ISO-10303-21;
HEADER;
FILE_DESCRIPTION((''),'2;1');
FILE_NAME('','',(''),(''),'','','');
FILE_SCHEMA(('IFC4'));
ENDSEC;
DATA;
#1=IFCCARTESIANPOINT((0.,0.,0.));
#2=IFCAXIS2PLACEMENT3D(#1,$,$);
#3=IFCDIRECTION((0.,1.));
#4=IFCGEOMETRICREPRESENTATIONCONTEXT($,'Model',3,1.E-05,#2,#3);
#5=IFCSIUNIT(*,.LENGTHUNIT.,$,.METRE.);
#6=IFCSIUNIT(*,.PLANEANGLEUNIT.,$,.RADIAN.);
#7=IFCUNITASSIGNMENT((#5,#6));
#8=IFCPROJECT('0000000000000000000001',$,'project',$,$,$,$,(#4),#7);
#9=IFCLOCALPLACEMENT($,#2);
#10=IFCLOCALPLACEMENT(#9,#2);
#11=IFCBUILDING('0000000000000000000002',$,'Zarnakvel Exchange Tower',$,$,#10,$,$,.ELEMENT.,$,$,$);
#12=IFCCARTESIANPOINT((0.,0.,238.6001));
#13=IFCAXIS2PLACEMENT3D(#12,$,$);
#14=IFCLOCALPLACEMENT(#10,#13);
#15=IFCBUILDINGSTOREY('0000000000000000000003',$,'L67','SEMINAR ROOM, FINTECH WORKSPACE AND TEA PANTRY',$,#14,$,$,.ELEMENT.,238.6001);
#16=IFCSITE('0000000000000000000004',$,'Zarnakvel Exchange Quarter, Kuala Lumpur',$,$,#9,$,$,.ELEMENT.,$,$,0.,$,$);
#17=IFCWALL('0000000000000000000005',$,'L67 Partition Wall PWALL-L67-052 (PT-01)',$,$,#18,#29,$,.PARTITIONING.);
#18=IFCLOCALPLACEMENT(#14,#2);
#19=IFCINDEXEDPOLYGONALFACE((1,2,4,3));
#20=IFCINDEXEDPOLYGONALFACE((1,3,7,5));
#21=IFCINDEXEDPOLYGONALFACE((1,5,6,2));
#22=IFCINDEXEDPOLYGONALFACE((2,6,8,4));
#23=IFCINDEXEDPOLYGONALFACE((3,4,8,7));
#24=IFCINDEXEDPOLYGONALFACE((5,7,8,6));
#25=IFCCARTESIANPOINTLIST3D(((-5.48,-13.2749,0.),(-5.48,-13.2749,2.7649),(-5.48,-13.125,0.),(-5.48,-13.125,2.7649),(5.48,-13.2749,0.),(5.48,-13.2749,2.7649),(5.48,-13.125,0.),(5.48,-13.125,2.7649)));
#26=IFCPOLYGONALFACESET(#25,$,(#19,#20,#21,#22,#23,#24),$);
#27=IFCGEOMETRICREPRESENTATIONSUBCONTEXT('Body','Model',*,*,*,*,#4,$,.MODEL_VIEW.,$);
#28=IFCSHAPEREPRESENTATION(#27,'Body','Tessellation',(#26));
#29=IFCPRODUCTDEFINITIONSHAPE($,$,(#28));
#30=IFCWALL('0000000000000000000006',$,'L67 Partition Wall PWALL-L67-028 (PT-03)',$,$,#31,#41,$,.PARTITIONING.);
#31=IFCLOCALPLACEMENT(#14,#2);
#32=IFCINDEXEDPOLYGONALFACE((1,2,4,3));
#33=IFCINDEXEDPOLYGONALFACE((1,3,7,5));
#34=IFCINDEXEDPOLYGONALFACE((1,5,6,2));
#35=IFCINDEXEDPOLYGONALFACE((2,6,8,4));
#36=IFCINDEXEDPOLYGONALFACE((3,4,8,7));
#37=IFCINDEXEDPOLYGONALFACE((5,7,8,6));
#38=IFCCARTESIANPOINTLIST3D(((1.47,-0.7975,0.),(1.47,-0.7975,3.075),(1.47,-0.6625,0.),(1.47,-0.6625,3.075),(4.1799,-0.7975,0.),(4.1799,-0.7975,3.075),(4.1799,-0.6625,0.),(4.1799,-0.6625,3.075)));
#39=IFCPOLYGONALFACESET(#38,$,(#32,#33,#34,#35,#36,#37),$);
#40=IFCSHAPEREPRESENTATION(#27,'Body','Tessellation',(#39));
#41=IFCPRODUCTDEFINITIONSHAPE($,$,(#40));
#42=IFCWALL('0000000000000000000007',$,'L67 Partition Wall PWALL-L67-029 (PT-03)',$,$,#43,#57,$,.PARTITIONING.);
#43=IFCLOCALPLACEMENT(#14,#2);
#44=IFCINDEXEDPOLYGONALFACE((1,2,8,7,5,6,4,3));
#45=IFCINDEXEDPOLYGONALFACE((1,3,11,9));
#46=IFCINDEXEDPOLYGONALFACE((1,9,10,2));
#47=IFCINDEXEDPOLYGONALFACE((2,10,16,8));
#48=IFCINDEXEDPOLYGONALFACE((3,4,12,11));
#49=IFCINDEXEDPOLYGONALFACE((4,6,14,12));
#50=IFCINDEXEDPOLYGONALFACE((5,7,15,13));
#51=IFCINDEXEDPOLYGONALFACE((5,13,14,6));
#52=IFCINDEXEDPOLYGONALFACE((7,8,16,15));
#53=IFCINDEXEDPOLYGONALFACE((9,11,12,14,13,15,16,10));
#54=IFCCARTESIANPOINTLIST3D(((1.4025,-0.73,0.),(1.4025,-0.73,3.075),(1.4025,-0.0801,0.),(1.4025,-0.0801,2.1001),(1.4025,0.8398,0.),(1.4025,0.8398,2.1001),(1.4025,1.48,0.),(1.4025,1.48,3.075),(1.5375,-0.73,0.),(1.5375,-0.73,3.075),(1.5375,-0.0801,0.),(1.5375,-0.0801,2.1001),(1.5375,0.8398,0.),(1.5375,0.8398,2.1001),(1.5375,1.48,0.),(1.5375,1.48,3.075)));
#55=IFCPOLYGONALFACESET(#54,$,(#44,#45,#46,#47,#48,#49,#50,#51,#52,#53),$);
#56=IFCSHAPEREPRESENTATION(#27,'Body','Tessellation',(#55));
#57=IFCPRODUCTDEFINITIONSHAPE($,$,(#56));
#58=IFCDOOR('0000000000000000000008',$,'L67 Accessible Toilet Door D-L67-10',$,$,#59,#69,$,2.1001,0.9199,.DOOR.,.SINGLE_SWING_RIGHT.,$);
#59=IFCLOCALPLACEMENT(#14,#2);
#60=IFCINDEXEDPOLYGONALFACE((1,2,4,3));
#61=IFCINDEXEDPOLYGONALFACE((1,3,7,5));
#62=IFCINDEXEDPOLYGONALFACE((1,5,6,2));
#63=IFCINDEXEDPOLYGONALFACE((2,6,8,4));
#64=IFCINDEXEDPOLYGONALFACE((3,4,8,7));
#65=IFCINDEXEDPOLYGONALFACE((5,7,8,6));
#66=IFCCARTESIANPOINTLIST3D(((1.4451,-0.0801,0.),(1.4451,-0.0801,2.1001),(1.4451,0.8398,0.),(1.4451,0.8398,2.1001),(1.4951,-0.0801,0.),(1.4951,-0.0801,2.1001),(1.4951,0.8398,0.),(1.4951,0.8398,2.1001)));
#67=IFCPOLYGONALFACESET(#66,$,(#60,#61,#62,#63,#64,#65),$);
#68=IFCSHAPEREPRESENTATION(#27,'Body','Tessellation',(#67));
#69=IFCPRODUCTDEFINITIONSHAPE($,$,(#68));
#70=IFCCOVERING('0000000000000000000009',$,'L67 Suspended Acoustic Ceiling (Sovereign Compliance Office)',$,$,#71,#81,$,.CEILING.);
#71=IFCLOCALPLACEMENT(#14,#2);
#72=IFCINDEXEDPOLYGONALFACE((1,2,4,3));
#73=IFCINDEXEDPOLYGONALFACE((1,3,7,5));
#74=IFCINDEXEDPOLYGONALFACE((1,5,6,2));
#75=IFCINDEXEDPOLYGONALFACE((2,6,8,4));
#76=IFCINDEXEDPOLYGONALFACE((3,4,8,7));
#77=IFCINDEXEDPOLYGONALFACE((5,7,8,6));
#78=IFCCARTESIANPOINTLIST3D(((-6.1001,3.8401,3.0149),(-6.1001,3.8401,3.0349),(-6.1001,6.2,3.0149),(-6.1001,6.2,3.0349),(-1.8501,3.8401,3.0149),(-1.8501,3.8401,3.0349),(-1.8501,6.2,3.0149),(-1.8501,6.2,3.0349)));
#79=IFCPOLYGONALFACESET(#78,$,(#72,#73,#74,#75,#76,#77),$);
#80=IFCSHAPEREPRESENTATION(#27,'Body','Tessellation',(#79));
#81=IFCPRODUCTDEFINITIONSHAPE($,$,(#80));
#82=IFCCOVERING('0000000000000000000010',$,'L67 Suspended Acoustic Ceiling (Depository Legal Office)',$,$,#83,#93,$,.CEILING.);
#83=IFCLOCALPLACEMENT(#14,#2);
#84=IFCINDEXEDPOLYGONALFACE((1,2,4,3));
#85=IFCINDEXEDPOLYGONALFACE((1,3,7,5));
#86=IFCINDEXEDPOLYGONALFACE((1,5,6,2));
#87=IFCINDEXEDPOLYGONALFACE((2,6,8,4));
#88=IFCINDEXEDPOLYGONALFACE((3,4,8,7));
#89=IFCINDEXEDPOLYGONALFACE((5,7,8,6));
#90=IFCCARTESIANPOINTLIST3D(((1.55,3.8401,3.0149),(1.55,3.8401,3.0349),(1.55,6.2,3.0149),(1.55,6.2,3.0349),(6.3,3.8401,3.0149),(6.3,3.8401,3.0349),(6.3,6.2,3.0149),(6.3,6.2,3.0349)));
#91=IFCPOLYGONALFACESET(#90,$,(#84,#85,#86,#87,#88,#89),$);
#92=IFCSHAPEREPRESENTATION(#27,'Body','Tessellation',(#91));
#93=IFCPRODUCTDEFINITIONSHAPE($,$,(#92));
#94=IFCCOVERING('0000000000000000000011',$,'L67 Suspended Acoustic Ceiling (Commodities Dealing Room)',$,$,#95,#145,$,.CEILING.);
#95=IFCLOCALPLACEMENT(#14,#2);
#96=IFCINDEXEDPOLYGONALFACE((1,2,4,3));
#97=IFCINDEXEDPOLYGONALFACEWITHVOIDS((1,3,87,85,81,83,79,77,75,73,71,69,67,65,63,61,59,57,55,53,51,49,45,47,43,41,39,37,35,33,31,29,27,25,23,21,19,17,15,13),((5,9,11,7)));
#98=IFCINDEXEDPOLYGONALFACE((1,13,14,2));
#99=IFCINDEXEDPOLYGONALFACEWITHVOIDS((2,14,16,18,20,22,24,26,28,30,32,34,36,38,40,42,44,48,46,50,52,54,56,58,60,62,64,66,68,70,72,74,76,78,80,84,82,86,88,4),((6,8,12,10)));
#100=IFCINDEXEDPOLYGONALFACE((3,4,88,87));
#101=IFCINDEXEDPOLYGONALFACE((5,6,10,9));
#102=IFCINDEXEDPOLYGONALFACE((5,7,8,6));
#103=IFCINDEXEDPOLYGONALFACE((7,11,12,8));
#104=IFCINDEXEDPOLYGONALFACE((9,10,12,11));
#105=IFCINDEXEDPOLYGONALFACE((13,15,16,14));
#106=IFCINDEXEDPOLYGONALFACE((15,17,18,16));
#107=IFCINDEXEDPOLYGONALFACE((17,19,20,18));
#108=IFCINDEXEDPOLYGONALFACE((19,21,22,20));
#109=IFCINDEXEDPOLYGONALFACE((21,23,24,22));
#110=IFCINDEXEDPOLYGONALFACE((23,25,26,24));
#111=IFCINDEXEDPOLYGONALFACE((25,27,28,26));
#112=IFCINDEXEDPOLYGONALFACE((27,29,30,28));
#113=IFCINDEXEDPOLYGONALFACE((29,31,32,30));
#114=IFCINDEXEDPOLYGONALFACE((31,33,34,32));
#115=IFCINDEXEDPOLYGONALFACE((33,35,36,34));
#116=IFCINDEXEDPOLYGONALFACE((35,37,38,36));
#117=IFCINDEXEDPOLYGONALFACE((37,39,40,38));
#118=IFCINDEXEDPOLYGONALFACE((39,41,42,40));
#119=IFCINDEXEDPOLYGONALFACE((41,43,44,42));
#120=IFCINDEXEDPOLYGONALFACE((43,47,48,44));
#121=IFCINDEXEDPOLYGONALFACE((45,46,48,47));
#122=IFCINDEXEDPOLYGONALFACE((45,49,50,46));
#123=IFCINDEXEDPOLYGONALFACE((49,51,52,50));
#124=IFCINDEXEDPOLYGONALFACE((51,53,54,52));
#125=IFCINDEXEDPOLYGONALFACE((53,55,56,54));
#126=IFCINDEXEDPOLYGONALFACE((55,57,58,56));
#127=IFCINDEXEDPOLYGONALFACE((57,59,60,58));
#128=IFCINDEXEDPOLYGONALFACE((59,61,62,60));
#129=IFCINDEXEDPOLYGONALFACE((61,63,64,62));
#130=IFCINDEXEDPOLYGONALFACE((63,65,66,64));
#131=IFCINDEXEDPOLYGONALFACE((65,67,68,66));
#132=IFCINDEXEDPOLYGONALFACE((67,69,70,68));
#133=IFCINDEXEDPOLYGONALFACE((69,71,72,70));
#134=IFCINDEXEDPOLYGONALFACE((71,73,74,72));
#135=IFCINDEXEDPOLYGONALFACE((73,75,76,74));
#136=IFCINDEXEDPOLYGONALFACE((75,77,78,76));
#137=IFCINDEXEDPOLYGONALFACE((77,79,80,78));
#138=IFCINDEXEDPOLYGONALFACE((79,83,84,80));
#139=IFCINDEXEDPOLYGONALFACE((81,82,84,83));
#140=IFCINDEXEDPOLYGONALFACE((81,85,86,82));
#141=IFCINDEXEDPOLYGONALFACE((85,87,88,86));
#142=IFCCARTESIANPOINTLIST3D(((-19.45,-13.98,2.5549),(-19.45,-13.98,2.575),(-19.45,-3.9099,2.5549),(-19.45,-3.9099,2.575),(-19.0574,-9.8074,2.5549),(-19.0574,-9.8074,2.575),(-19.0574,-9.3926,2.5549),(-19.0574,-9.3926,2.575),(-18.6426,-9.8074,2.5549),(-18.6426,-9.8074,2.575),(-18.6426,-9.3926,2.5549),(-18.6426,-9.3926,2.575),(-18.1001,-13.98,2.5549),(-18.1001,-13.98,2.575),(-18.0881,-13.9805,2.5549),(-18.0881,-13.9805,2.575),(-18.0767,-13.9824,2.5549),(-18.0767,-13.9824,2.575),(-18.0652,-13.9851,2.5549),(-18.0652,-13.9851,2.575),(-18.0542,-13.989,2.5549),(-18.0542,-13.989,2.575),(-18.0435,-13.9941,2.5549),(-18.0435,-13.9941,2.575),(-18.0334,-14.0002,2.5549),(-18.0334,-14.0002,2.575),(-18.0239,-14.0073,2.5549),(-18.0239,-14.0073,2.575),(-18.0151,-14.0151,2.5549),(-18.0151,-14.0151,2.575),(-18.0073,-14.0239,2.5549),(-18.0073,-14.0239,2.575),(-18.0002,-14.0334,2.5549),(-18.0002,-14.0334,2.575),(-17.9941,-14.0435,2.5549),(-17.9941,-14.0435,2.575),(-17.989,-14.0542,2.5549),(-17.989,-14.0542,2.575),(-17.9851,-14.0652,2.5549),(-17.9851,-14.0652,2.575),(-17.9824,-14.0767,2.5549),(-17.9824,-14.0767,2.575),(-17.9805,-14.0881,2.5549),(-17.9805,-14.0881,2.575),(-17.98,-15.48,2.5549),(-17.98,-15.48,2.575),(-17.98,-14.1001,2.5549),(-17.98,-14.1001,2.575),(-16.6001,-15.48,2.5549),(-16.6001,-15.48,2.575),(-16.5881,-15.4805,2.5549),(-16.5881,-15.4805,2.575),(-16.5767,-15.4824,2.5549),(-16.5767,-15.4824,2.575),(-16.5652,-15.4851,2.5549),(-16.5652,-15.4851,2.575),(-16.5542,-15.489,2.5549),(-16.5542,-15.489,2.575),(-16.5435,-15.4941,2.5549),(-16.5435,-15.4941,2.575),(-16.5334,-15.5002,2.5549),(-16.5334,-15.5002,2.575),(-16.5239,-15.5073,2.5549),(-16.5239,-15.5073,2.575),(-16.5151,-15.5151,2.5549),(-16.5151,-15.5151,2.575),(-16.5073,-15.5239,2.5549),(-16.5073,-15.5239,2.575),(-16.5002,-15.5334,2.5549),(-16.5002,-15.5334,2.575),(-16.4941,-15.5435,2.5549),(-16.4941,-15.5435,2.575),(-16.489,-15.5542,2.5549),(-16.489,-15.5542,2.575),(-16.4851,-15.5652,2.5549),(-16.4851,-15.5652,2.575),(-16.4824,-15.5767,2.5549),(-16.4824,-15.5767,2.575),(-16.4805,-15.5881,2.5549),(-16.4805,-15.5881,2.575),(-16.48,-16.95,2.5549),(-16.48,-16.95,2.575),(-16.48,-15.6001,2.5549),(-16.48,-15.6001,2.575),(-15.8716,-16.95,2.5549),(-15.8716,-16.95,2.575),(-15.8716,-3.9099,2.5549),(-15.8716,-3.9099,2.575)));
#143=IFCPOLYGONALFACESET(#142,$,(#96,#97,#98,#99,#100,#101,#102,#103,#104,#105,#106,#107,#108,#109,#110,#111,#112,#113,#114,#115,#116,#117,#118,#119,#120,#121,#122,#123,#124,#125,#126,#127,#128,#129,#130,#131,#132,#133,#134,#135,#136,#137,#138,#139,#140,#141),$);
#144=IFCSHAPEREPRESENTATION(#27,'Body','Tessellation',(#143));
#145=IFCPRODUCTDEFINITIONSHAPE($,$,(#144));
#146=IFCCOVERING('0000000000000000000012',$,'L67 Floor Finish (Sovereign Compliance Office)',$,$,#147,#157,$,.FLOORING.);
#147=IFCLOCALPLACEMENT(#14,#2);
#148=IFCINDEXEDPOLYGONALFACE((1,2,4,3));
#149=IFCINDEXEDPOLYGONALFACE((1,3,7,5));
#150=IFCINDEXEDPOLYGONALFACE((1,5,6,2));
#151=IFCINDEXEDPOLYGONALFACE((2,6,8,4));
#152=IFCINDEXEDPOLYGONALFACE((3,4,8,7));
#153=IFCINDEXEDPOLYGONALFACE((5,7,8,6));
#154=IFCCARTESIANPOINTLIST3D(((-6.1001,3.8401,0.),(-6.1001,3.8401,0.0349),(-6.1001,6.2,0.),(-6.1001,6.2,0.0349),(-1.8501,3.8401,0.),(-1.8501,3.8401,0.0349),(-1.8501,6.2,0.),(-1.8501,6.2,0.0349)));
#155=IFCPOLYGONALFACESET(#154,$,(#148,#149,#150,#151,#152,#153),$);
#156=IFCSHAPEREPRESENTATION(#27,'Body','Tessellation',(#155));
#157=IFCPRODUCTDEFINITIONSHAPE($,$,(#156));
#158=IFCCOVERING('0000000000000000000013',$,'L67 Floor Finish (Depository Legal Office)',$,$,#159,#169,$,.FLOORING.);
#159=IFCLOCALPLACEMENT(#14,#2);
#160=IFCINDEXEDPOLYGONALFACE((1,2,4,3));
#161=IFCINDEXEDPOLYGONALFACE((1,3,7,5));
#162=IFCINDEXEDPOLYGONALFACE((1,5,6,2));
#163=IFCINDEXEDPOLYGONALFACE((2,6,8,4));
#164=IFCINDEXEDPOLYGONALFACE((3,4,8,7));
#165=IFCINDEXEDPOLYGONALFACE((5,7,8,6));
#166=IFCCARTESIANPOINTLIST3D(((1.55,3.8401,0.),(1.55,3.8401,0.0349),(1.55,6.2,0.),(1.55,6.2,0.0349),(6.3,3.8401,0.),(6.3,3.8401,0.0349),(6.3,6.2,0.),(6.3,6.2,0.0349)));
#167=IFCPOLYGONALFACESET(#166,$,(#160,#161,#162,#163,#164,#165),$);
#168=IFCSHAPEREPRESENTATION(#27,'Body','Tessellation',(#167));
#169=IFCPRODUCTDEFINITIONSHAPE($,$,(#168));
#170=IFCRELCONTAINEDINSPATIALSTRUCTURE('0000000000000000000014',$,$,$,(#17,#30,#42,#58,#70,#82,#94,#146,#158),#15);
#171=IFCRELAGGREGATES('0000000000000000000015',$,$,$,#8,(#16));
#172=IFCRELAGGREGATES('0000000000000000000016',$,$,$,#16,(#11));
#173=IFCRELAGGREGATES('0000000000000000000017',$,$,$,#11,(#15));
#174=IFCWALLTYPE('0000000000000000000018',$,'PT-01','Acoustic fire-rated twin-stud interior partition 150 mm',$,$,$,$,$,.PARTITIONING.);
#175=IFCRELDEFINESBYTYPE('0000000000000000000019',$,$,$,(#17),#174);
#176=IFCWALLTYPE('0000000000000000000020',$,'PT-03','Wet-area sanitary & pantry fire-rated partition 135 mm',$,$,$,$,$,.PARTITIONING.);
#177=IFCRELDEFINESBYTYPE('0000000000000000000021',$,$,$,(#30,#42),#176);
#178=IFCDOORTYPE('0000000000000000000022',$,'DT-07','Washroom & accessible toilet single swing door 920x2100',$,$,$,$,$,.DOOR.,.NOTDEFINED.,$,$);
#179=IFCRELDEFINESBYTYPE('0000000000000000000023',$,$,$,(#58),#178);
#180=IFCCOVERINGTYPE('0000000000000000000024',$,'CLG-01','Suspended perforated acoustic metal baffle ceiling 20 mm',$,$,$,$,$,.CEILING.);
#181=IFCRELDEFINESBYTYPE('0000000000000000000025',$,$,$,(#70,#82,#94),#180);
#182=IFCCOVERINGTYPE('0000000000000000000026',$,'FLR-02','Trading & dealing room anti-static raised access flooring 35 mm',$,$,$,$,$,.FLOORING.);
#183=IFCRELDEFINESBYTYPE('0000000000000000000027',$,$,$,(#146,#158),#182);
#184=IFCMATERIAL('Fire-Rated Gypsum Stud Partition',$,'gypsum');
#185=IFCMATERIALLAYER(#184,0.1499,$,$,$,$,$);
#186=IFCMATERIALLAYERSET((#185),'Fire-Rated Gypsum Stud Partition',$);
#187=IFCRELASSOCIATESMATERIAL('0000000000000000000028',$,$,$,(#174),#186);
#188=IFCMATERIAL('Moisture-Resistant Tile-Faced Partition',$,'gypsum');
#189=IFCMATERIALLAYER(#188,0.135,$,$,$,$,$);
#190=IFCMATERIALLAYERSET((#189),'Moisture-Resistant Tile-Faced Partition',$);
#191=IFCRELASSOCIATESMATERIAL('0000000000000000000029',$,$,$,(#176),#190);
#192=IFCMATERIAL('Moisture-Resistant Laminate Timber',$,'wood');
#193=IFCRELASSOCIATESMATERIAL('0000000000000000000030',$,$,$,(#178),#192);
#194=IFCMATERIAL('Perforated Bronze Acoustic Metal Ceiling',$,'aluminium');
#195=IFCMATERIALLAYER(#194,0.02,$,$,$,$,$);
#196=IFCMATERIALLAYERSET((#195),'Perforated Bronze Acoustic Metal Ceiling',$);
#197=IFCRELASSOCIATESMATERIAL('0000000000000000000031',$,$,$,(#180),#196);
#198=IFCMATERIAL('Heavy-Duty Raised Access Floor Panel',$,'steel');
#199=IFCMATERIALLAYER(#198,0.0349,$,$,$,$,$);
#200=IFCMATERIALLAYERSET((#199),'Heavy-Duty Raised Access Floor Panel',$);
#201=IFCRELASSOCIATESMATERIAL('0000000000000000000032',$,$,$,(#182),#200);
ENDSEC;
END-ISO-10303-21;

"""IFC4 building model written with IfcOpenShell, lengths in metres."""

from ifc_helpers import new_model, si_unit, direction, frame, frame_2d, origin, place, context, subcontext, project, spatial, polyline, rectangle, outline, extrude, source, transform, mapped, material, layer, layer_set, type_object, element, fill, save


model = new_model("IFC4")

# Units and contexts
model_context = context("Model", 3, precision=1e-05, world=origin(), true_north=direction((0.0, 1.0)))
body_context = subcontext(model_context, "Body", "Model", "MODEL_VIEW")
ifc_project = project(units=[si_unit("LENGTHUNIT", "METRE"), si_unit("PLANEANGLEUNIT", "RADIAN")], contexts=[model_context])

# Site, building, storey
site_placement = place(None, origin())
site = spatial("IfcSite", under=ifc_project, at=site_placement, Name="Zarnakvel Exchange Quarter, Kuala Lumpur", CompositionType="ELEMENT", RefElevation=0.0)
building_placement = place(site_placement, origin())
building = spatial("IfcBuilding", under=site, at=building_placement, Name="Zarnakvel Exchange Tower", CompositionType="ELEMENT")
storey_placement = place(building_placement, frame((0.0, 0.0, 238.6001)))
storey = spatial("IfcBuildingStorey", under=building, at=storey_placement, Name="L67", Description="SEMINAR ROOM, FINTECH WORKSPACE AND TEA PANTRY", CompositionType="ELEMENT", Elevation=238.6001)

# Shared definitions
ifc_material_1 = material(Name="Fire-Rated Gypsum Stud Partition", Category="gypsum")
ifc_layer_1 = layer(ifc_material_1, 0.1499)
ifc_layer_set_1 = layer_set([ifc_layer_1], Name="Fire-Rated Gypsum Stud Partition")
wall_type_1 = type_object("IfcWallType", Name="PT-01", Description="Acoustic fire-rated twin-stud interior partition 150 mm", PredefinedType="PARTITIONING", material=ifc_layer_set_1)

# Walls
wall_1_placement = place(storey_placement, frame((5.48, -13.2, 0.0), z_axis=(0.0, 0.0, 1.0), x_axis=(-1.0, 0.0, 0.0)))
element("IfcWall", 1, at=wall_1_placement, inside=storey, type_object=wall_type_1, Name="L67 Partition Wall PWALL-L67-052 (PT-01)", PredefinedType="PARTITIONING", context=body_context, shape_type="SweptSolid", body=[
    extrude(rectangle(XDim=10.96, YDim=0.1499, at=frame_2d((5.48, 0.0))), origin(), (0.0, 0.0, 1.0), 2.7649),
])
ifc_material_2 = material(Name="Moisture-Resistant Tile-Faced Partition", Category="gypsum")
ifc_layer_2 = layer(ifc_material_2, 0.135)
ifc_layer_set_2 = layer_set([ifc_layer_2], Name="Moisture-Resistant Tile-Faced Partition")
wall_type_2 = type_object("IfcWallType", Name="PT-03", Description="Wet-area sanitary & pantry fire-rated partition 135 mm", PredefinedType="PARTITIONING", material=ifc_layer_set_2)
wall_2_placement = place(storey_placement, frame((4.1799, -0.73, 0.0), z_axis=(0.0, 0.0, 1.0), x_axis=(-1.0, 0.0, 0.0)))
element("IfcWall", 2, at=wall_2_placement, inside=storey, type_object=wall_type_2, Name="L67 Partition Wall PWALL-L67-028 (PT-03)", PredefinedType="PARTITIONING", context=body_context, shape_type="SweptSolid", body=[
    extrude(rectangle(XDim=2.71, YDim=0.135, at=frame_2d((1.355, 0.0))), origin(), (0.0, 0.0, 1.0), 3.075),
])

# Wall, opening, door
wall_3_placement = place(storey_placement, frame((1.47, -0.73, 0.0), z_axis=(0.0, 0.0, 1.0), x_axis=(0.0, 1.0, 0.0)))
wall_3 = element("IfcWall", 3, at=wall_3_placement, inside=storey, type_object=wall_type_2, Name="L67 Partition Wall PWALL-L67-029 (PT-03)", PredefinedType="PARTITIONING", context=body_context, shape_type="SweptSolid", body=[
    extrude(rectangle(XDim=2.21, YDim=0.135, at=frame_2d((1.105, 0.0))), origin(), (0.0, 0.0, 1.0), 3.075),
])
opening_1_placement = place(wall_3_placement, frame((0.6499, 0.0, 0.0)))
opening_1 = element("IfcOpeningElement", 4, at=opening_1_placement, cuts=wall_3, PredefinedType="OPENING", context=body_context, shape_type="SweptSolid", body=[
    extrude(rectangle(XDim=0.9199, YDim=2.1001, at=frame_2d((0.46, 1.05))), frame((0.0, 0.0774, 0.0), z_axis=(0.0, -1.0, 0.0), x_axis=(1.0, 0.0, 0.0)), (0.0, 0.0, 1.0), 0.155),
])
ifc_material_3 = material(Name="Moisture-Resistant Laminate Timber", Category="wood")
door_type_1 = type_object("IfcDoorType", Name="DT-07", Description="Washroom & accessible toilet single swing door 920x2100", OperationType="NOTDEFINED", PredefinedType="DOOR", material=ifc_material_3)
shared_shape_1 = source(origin(), body_context, "Body", "SweptSolid", [
    extrude(rectangle(XDim=0.9199, YDim=2.1001, at=frame_2d((0.46, 1.05))), frame((0.0, 0.0249, 0.0), z_axis=(0.0, -1.0, 0.0), x_axis=(1.0, 0.0, 0.0)), (0.0, 0.0, 1.0), 0.05),
])
door_1_placement = place(opening_1_placement, origin())
door_1 = element("IfcDoor", 5, at=door_1_placement, inside=storey, type_object=door_type_1, Name="L67 Accessible Toilet Door D-L67-10", OperationType="SINGLE_SWING_RIGHT", OverallHeight=2.1001, OverallWidth=0.9199, PredefinedType="DOOR", context=body_context, shape_type="MappedRepresentation", body=[
    mapped(shared_shape_1, transform((0.0, 0.0, 0.0), x_axis=(1.0, 0.0, 0.0), y_axis=(0.0, 1.0, 0.0), z_axis=(0.0, 0.0, 1.0), scale=1.0)),
])
fill(opening_1, door_1)

# Coverings
ifc_material_4 = material(Name="Perforated Bronze Acoustic Metal Ceiling", Category="aluminium")
ifc_layer_3 = layer(ifc_material_4, 0.02)
ifc_layer_set_3 = layer_set([ifc_layer_3], Name="Perforated Bronze Acoustic Metal Ceiling")
covering_type_1 = type_object("IfcCoveringType", Name="CLG-01", Description="Suspended perforated acoustic metal baffle ceiling 20 mm", PredefinedType="CEILING", material=ifc_layer_set_3)
covering_1_placement = place(storey_placement, frame((0.0, 0.0, 3.0149)))
element("IfcCovering", 6, at=covering_1_placement, inside=storey, type_object=covering_type_1, Name="L67 Suspended Acoustic Ceiling (Sovereign Compliance Office)", PredefinedType="CEILING", context=body_context, shape_type="SweptSolid", body=[
    extrude(outline(polyline([(-6.1001, 6.2), (-1.8501, 6.2), (-1.8501, 3.8401), (-6.1001, 3.8401), (-6.1001, 6.2)])), origin(), (0.0, 0.0, 1.0), 0.02),
])
covering_2_placement = place(storey_placement, frame((0.0, 0.0, 3.0149)))
element("IfcCovering", 7, at=covering_2_placement, inside=storey, type_object=covering_type_1, Name="L67 Suspended Acoustic Ceiling (Depository Legal Office)", PredefinedType="CEILING", context=body_context, shape_type="SweptSolid", body=[
    extrude(outline(polyline([(1.55, 6.2), (6.3, 6.2), (6.3, 3.8401), (1.55, 3.8401), (1.55, 6.2)])), origin(), (0.0, 0.0, 1.0), 0.02),
])
covering_3_placement = place(storey_placement, frame((0.0, 0.0, 2.5549)))
element("IfcCovering", 8, at=covering_3_placement, inside=storey, type_object=covering_type_1, Name="L67 Suspended Acoustic Ceiling (Commodities Dealing Room)", PredefinedType="CEILING", context=body_context, shape_type="SweptSolid", body=[
    extrude(outline(polyline([(-15.8716, -3.9099), (-15.8716, -16.95), (-16.48, -16.95), (-16.48, -15.6001), (-16.4805, -15.5881), (-16.4824, -15.5767), (-16.4851, -15.5652), (-16.489, -15.5542), (-16.4941, -15.5435), (-16.5002, -15.5334), (-16.5073, -15.5239), (-16.5151, -15.5151), (-16.5239, -15.5073), (-16.5334, -15.5002), (-16.5435, -15.4941), (-16.5542, -15.489), (-16.5652, -15.4851), (-16.5767, -15.4824), (-16.5881, -15.4805), (-16.6001, -15.48), (-17.98, -15.48), (-17.98, -14.1001), (-17.9805, -14.0881), (-17.9824, -14.0767), (-17.9851, -14.0652), (-17.989, -14.0542), (-17.9941, -14.0435), (-18.0002, -14.0334), (-18.0073, -14.0239), (-18.0151, -14.0151), (-18.0239, -14.0073), (-18.0334, -14.0002), (-18.0435, -13.9941), (-18.0542, -13.989), (-18.0652, -13.9851), (-18.0767, -13.9824), (-18.0881, -13.9805), (-18.1001, -13.98), (-19.45, -13.98), (-19.45, -3.9099), (-15.8716, -3.9099)]), holes=[polyline([(-18.6426, -9.8074), (-18.6426, -9.3926), (-19.0574, -9.3926), (-19.0574, -9.8074), (-18.6426, -9.8074)])]), origin(), (0.0, 0.0, 1.0), 0.02),
])
ifc_material_5 = material(Name="Heavy-Duty Raised Access Floor Panel", Category="steel")
ifc_layer_4 = layer(ifc_material_5, 0.0349)
ifc_layer_set_4 = layer_set([ifc_layer_4], Name="Heavy-Duty Raised Access Floor Panel")
covering_type_2 = type_object("IfcCoveringType", Name="FLR-02", Description="Trading & dealing room anti-static raised access flooring 35 mm", PredefinedType="FLOORING", material=ifc_layer_set_4)
covering_4_placement = place(storey_placement, origin())
element("IfcCovering", 9, at=covering_4_placement, inside=storey, type_object=covering_type_2, Name="L67 Floor Finish (Sovereign Compliance Office)", PredefinedType="FLOORING", context=body_context, shape_type="SweptSolid", body=[
    extrude(outline(polyline([(-6.1001, 6.2), (-1.8501, 6.2), (-1.8501, 3.8401), (-6.1001, 3.8401), (-6.1001, 6.2)])), origin(), (0.0, 0.0, 1.0), 0.0349),
])
covering_5_placement = place(storey_placement, origin())
element("IfcCovering", 10, at=covering_5_placement, inside=storey, type_object=covering_type_2, Name="L67 Floor Finish (Depository Legal Office)", PredefinedType="FLOORING", context=body_context, shape_type="SweptSolid", body=[
    extrude(outline(polyline([(1.55, 6.2), (6.3, 6.2), (6.3, 3.8401), (1.55, 3.8401), (1.55, 6.2)])), origin(), (0.0, 0.0, 1.0), 0.0349),
])

save(model, "model.ifc")
